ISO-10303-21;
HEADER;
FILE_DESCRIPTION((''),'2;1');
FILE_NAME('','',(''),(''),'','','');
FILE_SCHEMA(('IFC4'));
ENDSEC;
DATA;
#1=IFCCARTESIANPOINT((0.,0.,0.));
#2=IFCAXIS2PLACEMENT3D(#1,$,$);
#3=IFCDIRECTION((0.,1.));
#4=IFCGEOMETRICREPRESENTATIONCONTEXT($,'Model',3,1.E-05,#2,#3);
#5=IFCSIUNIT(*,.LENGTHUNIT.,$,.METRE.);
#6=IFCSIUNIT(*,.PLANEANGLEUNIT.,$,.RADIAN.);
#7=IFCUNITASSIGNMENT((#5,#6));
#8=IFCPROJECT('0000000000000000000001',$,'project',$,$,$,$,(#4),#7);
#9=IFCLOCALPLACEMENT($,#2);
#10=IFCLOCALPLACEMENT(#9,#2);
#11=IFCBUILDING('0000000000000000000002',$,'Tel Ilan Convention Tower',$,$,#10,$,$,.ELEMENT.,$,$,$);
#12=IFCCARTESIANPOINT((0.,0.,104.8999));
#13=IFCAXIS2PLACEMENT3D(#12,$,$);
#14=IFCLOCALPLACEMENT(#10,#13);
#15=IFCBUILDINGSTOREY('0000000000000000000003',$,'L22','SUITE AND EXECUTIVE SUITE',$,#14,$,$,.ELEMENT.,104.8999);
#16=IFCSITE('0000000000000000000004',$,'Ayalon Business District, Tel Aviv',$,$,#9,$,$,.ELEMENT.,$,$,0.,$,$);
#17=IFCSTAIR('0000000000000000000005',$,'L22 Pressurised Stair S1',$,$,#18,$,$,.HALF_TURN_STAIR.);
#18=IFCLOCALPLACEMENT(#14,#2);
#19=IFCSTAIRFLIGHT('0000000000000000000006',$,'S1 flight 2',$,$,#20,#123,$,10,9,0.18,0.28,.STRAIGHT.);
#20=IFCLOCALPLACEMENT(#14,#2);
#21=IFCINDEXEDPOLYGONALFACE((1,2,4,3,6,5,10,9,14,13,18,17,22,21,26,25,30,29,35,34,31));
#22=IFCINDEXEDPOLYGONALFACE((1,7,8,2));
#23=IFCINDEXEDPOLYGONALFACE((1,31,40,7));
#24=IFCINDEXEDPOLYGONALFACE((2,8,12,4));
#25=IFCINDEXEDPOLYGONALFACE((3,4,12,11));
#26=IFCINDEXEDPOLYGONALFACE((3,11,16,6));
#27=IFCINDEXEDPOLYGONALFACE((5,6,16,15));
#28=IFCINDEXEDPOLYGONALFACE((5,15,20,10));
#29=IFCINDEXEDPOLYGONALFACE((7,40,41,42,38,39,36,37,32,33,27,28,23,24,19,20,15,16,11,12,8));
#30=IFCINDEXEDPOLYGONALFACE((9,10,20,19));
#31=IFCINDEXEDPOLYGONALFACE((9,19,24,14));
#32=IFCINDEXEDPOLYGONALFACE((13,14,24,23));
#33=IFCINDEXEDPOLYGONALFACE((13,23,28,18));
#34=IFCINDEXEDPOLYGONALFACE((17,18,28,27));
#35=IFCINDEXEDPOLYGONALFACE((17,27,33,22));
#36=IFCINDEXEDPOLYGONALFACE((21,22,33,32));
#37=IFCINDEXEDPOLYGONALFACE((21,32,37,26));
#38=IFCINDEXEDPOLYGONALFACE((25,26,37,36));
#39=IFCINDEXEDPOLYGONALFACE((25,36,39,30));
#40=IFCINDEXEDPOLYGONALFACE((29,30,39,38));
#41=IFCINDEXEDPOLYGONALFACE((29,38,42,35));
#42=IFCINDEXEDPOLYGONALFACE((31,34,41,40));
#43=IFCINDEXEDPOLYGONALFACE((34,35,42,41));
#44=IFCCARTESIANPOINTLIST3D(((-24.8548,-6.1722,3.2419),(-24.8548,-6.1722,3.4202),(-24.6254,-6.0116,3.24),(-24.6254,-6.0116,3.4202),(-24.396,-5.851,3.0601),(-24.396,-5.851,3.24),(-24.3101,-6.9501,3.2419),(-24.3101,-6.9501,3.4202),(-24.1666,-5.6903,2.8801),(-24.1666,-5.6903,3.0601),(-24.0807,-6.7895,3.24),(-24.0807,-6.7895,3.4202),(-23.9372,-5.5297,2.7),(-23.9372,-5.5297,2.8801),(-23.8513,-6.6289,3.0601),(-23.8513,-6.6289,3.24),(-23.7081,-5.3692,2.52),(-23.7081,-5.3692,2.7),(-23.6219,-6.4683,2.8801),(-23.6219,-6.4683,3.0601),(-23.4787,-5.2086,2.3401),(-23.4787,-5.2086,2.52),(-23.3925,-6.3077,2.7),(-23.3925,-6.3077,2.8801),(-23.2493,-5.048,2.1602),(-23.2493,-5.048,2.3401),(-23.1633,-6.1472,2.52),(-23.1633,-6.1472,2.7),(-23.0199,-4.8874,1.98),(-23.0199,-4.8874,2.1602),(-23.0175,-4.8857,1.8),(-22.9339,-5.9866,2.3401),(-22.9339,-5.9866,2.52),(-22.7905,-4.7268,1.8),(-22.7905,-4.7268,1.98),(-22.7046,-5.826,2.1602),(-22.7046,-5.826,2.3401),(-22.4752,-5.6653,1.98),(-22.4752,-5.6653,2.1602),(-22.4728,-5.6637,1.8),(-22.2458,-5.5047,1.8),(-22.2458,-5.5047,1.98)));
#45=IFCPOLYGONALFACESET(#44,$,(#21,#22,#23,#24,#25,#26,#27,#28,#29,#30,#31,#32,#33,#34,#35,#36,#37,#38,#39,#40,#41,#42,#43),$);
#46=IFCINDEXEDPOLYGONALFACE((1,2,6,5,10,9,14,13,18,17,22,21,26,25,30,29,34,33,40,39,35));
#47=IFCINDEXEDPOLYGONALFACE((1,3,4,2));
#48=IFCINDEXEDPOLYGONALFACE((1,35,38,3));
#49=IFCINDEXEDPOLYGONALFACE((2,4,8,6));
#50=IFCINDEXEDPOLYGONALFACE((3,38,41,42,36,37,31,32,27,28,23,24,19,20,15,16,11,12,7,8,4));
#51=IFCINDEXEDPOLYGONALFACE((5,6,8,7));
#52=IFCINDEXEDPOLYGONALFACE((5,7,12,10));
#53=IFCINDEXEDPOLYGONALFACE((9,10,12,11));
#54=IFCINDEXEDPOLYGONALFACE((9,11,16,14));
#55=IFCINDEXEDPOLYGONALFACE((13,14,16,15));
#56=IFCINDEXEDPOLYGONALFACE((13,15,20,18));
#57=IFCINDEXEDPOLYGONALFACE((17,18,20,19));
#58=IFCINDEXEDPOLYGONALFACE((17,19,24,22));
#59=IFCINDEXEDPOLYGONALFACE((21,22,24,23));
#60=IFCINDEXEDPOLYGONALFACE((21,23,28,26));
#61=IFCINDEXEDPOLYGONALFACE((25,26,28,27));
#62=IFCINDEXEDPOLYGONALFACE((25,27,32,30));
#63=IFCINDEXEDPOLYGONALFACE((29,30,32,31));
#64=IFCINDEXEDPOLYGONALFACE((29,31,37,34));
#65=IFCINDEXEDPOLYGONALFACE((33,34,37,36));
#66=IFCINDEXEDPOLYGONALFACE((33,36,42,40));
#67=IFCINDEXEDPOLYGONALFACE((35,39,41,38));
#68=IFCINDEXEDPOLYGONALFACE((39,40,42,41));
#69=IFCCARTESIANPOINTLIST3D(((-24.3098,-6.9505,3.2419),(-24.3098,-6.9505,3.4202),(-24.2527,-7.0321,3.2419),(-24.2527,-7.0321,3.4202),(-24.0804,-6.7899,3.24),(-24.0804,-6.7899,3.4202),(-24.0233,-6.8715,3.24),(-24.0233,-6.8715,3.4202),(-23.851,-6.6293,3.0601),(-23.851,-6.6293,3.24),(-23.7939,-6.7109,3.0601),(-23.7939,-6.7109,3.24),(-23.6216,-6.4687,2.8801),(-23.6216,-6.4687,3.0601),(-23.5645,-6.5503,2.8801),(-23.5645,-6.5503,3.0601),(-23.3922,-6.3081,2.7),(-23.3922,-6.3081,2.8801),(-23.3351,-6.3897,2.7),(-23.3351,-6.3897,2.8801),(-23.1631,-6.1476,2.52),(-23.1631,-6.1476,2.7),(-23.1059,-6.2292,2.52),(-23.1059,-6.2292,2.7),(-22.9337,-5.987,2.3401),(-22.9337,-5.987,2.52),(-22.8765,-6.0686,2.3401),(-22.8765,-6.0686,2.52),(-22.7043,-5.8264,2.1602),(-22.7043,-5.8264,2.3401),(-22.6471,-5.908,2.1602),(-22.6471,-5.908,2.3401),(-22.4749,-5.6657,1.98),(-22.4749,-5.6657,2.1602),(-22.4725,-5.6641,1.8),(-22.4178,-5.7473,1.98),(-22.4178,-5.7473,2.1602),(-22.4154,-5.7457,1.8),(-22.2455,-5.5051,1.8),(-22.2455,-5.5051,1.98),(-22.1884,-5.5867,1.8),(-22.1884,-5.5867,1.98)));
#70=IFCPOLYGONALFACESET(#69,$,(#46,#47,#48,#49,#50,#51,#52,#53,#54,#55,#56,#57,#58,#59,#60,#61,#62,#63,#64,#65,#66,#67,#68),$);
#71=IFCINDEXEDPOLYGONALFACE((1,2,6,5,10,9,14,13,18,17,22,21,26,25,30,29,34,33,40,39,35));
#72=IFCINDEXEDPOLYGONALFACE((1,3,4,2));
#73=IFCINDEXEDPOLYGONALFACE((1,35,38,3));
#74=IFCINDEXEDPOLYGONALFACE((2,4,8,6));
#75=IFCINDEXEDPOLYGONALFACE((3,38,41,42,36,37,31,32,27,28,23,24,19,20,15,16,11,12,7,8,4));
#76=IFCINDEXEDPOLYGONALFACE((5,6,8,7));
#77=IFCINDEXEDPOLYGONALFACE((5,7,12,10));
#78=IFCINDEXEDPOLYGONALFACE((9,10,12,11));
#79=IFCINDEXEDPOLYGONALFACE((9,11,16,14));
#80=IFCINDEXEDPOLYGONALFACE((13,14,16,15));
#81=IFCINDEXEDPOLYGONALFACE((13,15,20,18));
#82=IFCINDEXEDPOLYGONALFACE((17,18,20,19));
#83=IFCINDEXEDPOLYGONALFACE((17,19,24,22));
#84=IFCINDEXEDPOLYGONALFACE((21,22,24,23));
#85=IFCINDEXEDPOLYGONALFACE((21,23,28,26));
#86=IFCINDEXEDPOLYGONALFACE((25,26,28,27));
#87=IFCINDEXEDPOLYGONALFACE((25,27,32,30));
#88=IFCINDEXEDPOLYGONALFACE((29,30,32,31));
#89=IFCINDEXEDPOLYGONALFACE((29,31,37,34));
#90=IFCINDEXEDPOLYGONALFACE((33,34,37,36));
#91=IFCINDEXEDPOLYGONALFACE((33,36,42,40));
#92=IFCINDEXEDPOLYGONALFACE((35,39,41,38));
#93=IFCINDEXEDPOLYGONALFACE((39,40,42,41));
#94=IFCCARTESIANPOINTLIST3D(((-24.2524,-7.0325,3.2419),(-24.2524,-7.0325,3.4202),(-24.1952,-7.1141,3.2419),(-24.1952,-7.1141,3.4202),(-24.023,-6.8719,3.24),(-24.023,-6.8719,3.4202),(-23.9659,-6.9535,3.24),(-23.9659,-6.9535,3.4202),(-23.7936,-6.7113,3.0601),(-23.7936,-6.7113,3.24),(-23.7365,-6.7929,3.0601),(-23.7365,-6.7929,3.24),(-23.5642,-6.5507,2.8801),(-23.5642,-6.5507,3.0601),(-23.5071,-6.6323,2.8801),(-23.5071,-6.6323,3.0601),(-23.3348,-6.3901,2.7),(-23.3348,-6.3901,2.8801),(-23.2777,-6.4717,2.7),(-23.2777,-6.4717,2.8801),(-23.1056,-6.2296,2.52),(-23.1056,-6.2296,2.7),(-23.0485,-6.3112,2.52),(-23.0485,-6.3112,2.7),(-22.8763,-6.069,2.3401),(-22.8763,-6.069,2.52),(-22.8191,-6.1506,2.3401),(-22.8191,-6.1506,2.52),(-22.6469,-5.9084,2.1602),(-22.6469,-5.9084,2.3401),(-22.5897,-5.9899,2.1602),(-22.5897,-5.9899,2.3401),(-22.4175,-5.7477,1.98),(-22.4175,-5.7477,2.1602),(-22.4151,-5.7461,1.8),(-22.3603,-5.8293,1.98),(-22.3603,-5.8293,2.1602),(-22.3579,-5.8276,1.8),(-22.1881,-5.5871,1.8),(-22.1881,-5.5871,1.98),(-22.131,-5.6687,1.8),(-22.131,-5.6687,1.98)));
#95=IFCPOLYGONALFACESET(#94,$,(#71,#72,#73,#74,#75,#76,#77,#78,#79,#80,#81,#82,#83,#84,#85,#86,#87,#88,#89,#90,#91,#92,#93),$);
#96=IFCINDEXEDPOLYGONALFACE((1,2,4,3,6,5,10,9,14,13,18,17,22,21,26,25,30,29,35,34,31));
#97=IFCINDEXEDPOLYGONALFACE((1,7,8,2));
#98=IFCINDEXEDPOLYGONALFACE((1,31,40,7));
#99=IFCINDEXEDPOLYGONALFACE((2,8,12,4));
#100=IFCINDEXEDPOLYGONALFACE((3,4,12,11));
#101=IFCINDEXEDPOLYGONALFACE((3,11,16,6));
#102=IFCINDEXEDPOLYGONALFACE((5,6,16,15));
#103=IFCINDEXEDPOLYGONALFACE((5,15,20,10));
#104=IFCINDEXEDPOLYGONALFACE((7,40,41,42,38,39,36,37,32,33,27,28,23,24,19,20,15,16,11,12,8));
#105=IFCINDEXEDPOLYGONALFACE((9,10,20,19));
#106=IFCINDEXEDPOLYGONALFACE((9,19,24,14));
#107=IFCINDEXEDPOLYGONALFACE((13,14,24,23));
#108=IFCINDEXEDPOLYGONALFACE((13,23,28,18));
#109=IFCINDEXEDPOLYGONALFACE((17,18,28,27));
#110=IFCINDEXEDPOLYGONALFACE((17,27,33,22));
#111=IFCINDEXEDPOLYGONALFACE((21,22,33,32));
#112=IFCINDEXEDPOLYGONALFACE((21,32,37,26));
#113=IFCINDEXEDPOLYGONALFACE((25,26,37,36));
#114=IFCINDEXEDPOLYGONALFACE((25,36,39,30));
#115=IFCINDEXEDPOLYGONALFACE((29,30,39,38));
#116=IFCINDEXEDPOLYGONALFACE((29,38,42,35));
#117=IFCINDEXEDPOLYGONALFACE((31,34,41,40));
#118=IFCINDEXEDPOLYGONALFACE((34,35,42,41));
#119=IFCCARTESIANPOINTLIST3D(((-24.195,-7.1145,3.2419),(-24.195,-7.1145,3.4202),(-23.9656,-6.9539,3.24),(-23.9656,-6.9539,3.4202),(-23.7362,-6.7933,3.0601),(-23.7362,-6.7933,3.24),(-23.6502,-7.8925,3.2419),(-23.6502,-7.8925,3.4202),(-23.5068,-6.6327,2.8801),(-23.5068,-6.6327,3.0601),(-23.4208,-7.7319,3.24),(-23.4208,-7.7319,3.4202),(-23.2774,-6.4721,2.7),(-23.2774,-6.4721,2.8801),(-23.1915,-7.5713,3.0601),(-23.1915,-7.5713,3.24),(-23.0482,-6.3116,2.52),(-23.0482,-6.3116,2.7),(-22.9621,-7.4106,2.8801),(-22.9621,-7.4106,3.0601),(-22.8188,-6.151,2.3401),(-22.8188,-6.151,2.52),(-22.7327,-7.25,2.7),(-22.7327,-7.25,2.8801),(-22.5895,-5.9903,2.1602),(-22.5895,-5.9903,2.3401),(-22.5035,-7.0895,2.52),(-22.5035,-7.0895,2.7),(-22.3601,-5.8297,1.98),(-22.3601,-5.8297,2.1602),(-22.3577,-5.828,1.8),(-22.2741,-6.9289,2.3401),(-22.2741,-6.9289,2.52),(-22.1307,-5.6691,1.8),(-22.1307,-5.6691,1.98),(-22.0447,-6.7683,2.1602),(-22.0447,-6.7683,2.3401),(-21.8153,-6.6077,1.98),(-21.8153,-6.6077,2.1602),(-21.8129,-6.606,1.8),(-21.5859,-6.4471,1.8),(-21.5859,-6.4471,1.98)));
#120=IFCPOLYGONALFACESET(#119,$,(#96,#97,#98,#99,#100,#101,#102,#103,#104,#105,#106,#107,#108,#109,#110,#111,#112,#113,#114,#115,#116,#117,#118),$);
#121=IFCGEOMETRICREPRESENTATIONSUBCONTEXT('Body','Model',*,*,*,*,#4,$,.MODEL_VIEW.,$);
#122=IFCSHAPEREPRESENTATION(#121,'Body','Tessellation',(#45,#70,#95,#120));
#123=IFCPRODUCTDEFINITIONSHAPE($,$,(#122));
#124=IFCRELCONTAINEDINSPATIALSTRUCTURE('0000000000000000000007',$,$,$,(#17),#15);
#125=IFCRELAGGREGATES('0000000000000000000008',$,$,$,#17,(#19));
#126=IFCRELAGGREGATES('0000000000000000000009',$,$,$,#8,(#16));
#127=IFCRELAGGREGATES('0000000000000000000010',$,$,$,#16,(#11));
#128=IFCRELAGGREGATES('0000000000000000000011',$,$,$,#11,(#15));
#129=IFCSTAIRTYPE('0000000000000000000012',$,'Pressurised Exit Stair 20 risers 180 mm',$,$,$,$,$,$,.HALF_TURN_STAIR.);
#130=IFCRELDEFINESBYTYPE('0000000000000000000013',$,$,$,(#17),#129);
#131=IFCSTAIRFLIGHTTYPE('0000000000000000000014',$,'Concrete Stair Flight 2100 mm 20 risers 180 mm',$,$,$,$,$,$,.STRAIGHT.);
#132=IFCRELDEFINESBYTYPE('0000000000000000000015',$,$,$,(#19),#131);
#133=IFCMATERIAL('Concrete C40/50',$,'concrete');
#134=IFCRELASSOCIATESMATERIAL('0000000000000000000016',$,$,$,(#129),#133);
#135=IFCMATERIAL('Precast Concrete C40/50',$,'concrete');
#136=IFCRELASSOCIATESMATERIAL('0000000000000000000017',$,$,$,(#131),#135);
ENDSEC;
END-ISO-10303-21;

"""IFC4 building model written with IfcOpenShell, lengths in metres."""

from ifc_helpers import new_model, si_unit, direction, frame, origin, place, context, subcontext, project, spatial, polyline, outline, extrude, material, type_object, element, aggregate, save


model = new_model("IFC4")

# Units and contexts
model_context = context("Model", 3, precision=1e-05, world=origin(), true_north=direction((0.0, 1.0)))
body_context = subcontext(model_context, "Body", "Model", "MODEL_VIEW")
ifc_project = project(units=[si_unit("LENGTHUNIT", "METRE"), si_unit("PLANEANGLEUNIT", "RADIAN")], contexts=[model_context])

# Site, building, storey
site_placement = place(None, origin())
site = spatial("IfcSite", under=ifc_project, at=site_placement, Name="Ayalon Business District, Tel Aviv", CompositionType="ELEMENT", RefElevation=0.0)
building_placement = place(site_placement, origin())
building = spatial("IfcBuilding", under=site, at=building_placement, Name="Tel Ilan Convention Tower", CompositionType="ELEMENT")
storey_placement = place(building_placement, frame((0.0, 0.0, 104.8999)))
storey = spatial("IfcBuildingStorey", under=building, at=storey_placement, Name="L22", Description="SUITE AND EXECUTIVE SUITE", CompositionType="ELEMENT", Elevation=104.8999)

# Stair, stair flight
ifc_material_1 = material(Name="Concrete C40/50", Category="concrete")
stair_type = type_object("IfcStairType", Name="Pressurised Exit Stair 20 risers 180 mm", PredefinedType="HALF_TURN_STAIR", material=ifc_material_1)
stair_1_placement = place(storey_placement, origin())
stair_1 = element("IfcStair", 1, at=stair_1_placement, inside=storey, type_object=stair_type, Name="L22 Pressurised Stair S1", PredefinedType="HALF_TURN_STAIR")
ifc_material_2 = material(Name="Precast Concrete C40/50", Category="concrete")
stair_flight_type = type_object("IfcStairFlightType", Name="Concrete Stair Flight 2100 mm 20 risers 180 mm", PredefinedType="STRAIGHT", material=ifc_material_2)
stair_flight_1_placement = place(storey_placement, frame((-22.1882, -5.5869, 1.8), z_axis=(0.0, 0.0, 1.0), x_axis=(-0.819152, -0.573576, 0.0)))
stair_flight_1 = element("IfcStairFlight", 2, at=stair_flight_1_placement, type_object=stair_flight_type, Name="S1 flight 2", NumberOfRisers=10, NumberOfTreads=9, PredefinedType="STRAIGHT", RiserHeight=0.18, TreadLength=0.28, context=body_context, shape_type="SweptSolid", body=[
    extrude(outline(polyline([(0.0, 0.0), (0.0, 0.1799), (0.28, 0.1799), (0.28, 0.3601), (0.5601, 0.3601), (0.5601, 0.54), (0.8401, 0.54), (0.8401, 0.72), (1.1201, 0.72), (1.1201, 0.8999), (1.3999, 0.8999), (1.3999, 1.0801), (1.6799, 1.0801), (1.6799, 1.26), (1.96, 1.26), (1.96, 1.4399), (2.24, 1.4399), (2.24, 1.6201), (2.52, 1.6201), (2.52, 1.8), (2.52, 1.4419), (0.2771, 0.0), (0.0, 0.0)])), frame((0.0, -0.1003, 0.0), z_axis=(0.0, -1.0, 0.0), x_axis=(1.0, 0.0, 0.0)), (0.0, 0.0, 1.0), 0.9497),
    extrude(outline(polyline([(0.0, 0.0), (0.0, 0.1799), (0.28, 0.1799), (0.28, 0.3601), (0.5601, 0.3601), (0.5601, 0.54), (0.8401, 0.54), (0.8401, 0.72), (1.1201, 0.72), (1.1201, 0.8999), (1.3999, 0.8999), (1.3999, 1.0801), (1.6799, 1.0801), (1.6799, 1.26), (1.96, 1.26), (1.96, 1.4399), (2.24, 1.4399), (2.24, 1.6201), (2.52, 1.6201), (2.52, 1.8), (2.52, 1.4419), (0.2771, 0.0), (0.0, 0.0)])), frame((0.0, -0.0002, 0.0), z_axis=(0.0, -1.0, 0.0), x_axis=(1.0, 0.0, 0.0)), (0.0, 0.0, 1.0), 0.0996),
    extrude(outline(polyline([(0.0, 0.0), (0.0, 0.1799), (0.28, 0.1799), (0.28, 0.3601), (0.5601, 0.3601), (0.5601, 0.54), (0.8401, 0.54), (0.8401, 0.72), (1.1201, 0.72), (1.1201, 0.8999), (1.3999, 0.8999), (1.3999, 1.0801), (1.6799, 1.0801), (1.6799, 1.26), (1.96, 1.26), (1.96, 1.4399), (2.24, 1.4399), (2.24, 1.6201), (2.52, 1.6201), (2.52, 1.8), (2.52, 1.4419), (0.2771, 0.0), (0.0, 0.0)])), frame((0.0, 0.0999, 0.0), z_axis=(0.0, -1.0, 0.0), x_axis=(1.0, 0.0, 0.0)), (0.0, 0.0, 1.0), 0.0996),
    extrude(outline(polyline([(0.0, 0.0), (0.0, 0.1799), (0.28, 0.1799), (0.28, 0.3601), (0.5601, 0.3601), (0.5601, 0.54), (0.8401, 0.54), (0.8401, 0.72), (1.1201, 0.72), (1.1201, 0.8999), (1.3999, 0.8999), (1.3999, 1.0801), (1.6799, 1.0801), (1.6799, 1.26), (1.96, 1.26), (1.96, 1.4399), (2.24, 1.4399), (2.24, 1.6201), (2.52, 1.6201), (2.52, 1.8), (2.52, 1.4419), (0.2771, 0.0), (0.0, 0.0)])), frame((0.0, 1.05, 0.0), z_axis=(0.0, -1.0, 0.0), x_axis=(1.0, 0.0, 0.0)), (0.0, 0.0, 1.0), 0.9497),
])
aggregate(stair_1, [stair_flight_1])

save(model, "model.ifc")
